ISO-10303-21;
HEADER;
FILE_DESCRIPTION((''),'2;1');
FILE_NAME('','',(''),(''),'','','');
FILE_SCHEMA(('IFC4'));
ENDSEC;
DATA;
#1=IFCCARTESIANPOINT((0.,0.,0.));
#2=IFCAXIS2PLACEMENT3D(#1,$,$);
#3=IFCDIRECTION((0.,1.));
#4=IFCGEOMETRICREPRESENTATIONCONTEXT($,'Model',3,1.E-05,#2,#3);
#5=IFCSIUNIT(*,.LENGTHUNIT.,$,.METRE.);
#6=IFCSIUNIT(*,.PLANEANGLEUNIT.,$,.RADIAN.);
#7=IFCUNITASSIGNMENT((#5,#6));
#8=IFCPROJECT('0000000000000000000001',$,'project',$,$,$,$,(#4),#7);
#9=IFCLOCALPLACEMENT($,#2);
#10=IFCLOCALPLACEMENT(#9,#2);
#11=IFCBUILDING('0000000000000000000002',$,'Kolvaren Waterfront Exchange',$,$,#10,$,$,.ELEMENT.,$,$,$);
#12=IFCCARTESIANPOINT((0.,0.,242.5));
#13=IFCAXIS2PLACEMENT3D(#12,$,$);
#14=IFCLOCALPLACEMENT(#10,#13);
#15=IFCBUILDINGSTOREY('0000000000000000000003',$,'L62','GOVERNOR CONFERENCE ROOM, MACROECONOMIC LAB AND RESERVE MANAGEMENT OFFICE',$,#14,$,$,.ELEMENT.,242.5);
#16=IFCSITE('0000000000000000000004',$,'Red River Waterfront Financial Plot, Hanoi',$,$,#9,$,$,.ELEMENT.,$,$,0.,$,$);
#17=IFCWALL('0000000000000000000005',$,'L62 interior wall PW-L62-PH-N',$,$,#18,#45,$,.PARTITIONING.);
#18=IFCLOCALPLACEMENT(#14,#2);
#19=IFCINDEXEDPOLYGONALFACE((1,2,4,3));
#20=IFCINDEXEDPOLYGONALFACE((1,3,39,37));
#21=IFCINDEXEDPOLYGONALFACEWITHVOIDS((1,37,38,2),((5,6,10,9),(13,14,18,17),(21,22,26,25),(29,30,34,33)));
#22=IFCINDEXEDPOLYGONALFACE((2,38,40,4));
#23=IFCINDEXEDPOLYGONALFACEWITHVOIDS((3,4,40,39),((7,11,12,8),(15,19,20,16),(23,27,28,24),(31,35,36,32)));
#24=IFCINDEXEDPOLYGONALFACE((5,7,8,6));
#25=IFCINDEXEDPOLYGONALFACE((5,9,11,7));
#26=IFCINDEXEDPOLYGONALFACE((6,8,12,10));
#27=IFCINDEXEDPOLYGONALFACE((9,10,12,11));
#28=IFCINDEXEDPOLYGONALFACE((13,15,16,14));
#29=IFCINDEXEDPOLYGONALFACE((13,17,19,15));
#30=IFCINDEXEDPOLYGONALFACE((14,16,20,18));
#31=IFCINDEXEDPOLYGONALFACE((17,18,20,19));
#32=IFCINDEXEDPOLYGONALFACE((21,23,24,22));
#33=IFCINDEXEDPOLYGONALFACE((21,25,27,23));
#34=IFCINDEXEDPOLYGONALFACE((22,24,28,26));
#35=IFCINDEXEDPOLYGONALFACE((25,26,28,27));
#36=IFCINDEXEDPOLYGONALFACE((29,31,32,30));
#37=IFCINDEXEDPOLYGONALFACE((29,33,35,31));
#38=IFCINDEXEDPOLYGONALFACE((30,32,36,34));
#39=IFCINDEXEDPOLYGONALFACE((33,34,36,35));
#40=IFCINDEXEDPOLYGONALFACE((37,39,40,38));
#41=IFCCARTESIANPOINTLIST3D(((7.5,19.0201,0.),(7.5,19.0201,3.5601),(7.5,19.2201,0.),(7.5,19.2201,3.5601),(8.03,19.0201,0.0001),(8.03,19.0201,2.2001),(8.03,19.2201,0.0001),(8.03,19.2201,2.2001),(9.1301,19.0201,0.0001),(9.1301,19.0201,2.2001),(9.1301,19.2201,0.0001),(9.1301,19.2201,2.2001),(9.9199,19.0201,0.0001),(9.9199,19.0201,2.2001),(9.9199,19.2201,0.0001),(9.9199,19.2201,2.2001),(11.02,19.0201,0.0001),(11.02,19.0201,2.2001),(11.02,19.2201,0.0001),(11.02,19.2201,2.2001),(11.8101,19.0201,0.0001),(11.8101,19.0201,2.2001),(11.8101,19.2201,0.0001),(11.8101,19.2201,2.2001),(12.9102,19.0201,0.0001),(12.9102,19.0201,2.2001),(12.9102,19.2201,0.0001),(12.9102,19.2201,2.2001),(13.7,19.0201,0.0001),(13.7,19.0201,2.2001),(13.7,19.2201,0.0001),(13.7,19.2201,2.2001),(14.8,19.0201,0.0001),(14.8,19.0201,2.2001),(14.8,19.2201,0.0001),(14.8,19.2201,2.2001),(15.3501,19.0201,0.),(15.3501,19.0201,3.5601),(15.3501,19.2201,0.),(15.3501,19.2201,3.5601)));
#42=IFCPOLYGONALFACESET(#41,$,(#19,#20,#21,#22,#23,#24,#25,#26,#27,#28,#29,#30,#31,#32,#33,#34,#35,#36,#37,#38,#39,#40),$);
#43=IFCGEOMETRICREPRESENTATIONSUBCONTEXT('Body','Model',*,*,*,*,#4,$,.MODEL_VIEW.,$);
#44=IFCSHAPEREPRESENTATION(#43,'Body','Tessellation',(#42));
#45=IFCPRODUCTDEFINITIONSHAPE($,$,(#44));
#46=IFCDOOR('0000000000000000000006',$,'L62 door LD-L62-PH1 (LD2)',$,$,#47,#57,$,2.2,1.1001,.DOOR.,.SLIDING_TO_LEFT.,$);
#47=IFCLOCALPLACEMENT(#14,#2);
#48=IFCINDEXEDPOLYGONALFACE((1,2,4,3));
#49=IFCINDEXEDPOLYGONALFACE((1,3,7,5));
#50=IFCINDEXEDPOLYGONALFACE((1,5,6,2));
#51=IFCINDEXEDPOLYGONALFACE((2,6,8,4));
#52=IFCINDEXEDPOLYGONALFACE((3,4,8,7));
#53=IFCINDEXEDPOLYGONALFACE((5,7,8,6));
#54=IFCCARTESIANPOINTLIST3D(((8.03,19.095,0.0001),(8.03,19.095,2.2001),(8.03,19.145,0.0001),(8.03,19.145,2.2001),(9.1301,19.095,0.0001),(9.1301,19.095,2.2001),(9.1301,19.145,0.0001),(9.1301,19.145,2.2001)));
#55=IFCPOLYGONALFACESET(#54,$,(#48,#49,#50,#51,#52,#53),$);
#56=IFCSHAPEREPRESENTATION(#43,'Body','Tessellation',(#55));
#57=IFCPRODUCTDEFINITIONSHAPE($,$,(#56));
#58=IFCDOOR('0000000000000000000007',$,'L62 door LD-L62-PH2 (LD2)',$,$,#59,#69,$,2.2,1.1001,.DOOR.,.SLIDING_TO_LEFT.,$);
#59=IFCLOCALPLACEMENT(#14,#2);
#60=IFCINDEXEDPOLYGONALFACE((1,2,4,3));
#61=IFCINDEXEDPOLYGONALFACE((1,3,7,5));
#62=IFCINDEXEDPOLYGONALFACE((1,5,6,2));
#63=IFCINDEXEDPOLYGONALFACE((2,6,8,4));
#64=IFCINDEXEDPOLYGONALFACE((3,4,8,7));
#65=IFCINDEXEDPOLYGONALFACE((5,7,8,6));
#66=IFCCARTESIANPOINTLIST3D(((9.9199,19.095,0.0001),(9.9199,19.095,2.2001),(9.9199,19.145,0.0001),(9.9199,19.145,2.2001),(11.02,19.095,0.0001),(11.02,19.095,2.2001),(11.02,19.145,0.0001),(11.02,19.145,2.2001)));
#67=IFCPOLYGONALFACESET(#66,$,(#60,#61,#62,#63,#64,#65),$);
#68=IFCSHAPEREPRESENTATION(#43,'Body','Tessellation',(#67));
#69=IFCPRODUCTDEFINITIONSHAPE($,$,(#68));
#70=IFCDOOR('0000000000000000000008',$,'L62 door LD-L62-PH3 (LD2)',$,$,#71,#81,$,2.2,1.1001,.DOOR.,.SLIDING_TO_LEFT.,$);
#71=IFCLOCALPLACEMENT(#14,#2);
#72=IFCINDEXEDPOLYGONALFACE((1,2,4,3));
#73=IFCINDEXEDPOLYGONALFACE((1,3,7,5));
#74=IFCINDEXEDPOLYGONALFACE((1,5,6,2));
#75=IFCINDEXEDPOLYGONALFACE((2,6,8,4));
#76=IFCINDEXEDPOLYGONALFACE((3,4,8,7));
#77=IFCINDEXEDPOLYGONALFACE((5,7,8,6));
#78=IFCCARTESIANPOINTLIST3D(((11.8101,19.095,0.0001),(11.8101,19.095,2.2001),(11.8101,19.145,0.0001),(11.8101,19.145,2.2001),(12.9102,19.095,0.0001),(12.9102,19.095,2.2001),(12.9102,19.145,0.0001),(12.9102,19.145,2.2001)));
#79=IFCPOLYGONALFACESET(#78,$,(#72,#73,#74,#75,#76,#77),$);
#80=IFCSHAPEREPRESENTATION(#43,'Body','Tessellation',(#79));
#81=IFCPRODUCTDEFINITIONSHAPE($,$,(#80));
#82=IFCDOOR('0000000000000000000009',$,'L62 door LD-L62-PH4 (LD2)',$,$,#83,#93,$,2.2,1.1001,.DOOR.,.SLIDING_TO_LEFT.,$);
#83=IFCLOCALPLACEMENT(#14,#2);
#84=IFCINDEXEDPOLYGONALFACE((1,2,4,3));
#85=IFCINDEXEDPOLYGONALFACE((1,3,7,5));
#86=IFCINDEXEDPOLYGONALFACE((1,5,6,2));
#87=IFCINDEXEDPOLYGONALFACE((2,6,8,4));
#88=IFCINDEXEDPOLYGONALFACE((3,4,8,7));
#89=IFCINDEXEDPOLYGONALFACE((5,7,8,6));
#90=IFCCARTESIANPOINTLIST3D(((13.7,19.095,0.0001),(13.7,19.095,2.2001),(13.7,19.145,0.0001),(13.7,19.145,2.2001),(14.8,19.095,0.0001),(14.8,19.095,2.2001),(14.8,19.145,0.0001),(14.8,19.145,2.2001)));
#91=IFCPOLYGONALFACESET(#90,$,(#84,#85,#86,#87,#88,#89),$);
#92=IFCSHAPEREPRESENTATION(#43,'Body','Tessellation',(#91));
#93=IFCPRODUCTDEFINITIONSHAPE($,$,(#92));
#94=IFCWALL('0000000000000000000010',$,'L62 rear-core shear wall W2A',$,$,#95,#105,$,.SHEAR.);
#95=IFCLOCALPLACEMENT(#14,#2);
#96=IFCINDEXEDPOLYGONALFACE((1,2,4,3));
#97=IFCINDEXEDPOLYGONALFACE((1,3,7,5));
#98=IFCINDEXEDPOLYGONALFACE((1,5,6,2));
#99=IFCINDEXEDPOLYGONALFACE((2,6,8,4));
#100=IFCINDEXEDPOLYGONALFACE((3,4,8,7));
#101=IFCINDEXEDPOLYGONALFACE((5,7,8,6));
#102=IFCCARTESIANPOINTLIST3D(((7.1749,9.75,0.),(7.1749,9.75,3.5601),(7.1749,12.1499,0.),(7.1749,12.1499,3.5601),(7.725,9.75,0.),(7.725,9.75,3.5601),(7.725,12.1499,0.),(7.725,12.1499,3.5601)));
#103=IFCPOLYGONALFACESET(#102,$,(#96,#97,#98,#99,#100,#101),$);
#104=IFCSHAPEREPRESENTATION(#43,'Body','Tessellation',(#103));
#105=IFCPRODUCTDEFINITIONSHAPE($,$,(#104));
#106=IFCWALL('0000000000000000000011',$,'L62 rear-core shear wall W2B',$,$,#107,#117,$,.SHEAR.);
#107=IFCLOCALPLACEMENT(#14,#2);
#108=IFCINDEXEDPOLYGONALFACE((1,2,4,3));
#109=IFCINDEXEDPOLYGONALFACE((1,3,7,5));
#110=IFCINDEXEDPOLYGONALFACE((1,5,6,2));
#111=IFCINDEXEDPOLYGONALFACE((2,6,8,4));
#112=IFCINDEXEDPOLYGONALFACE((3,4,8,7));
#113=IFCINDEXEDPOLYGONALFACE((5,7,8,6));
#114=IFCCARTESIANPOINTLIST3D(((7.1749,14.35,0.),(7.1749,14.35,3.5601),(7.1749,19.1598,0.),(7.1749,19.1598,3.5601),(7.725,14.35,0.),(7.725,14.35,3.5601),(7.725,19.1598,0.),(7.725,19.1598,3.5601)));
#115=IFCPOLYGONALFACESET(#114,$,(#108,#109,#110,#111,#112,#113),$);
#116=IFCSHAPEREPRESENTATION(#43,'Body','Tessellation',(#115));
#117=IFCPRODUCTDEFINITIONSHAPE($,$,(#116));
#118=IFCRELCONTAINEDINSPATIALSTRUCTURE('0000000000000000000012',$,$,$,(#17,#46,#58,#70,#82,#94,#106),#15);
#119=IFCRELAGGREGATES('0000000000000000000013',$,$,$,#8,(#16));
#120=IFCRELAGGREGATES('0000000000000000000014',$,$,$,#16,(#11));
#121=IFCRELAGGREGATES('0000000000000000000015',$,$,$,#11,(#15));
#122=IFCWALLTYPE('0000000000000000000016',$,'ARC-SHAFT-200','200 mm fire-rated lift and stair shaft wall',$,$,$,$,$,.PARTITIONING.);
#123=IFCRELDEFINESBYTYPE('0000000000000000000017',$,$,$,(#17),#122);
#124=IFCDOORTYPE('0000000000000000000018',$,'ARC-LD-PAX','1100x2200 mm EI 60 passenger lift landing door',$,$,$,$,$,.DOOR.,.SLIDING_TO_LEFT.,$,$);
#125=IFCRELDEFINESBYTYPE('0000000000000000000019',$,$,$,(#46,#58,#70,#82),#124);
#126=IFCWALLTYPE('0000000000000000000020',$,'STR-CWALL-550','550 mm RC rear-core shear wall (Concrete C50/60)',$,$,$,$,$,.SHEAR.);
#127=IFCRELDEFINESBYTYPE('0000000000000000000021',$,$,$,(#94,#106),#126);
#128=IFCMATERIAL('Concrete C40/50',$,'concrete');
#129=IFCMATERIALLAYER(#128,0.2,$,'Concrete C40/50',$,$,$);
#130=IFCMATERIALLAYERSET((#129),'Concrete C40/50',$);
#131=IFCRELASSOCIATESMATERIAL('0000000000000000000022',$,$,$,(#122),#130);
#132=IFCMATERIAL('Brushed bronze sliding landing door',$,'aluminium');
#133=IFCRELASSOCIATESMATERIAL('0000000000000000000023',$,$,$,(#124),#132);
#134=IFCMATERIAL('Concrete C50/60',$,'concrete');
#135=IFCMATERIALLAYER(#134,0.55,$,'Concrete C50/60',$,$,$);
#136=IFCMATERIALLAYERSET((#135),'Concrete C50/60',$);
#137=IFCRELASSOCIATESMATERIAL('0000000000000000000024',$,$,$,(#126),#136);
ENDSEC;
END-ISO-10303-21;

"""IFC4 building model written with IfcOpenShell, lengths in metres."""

from ifc_helpers import new_model, si_unit, direction, frame, frame_2d, origin, place, context, subcontext, project, spatial, rectangle, extrude, material, layer, layer_set, type_object, element, fill, save


model = new_model("IFC4")

# Units and contexts
model_context = context("Model", 3, precision=1e-05, world=origin(), true_north=direction((0.0, 1.0)))
body_context = subcontext(model_context, "Body", "Model", "MODEL_VIEW")
ifc_project = project(units=[si_unit("LENGTHUNIT", "METRE"), si_unit("PLANEANGLEUNIT", "RADIAN")], contexts=[model_context])

# Site, building, storey
site_placement = place(None, origin())
site = spatial("IfcSite", under=ifc_project, at=site_placement, Name="Red River Waterfront Financial Plot, Hanoi", CompositionType="ELEMENT", RefElevation=0.0)
building_placement = place(site_placement, origin())
building = spatial("IfcBuilding", under=site, at=building_placement, Name="Kolvaren Waterfront Exchange", CompositionType="ELEMENT")
storey_placement = place(building_placement, frame((0.0, 0.0, 242.5)))
storey = spatial("IfcBuildingStorey", under=building, at=storey_placement, Name="L62", Description="GOVERNOR CONFERENCE ROOM, MACROECONOMIC LAB AND RESERVE MANAGEMENT OFFICE", CompositionType="ELEMENT", Elevation=242.5)

# Shared definitions
ifc_material_1 = material(Name="Concrete C40/50", Category="concrete")
ifc_layer_1 = layer(ifc_material_1, 0.2, Name="Concrete C40/50")
ifc_layer_set_1 = layer_set([ifc_layer_1], Name="Concrete C40/50")
wall_type_1 = type_object("IfcWallType", Name="ARC-SHAFT-200", Description="200 mm fire-rated lift and stair shaft wall", PredefinedType="PARTITIONING", material=ifc_layer_set_1)

# Wall, openings, doors
wall_1_placement = place(storey_placement, frame((7.5, 19.1201, 0.0), z_axis=(0.0, 0.0, 1.0), x_axis=(1.0, 0.0, 0.0)))
wall_1 = element("IfcWall", 1, at=wall_1_placement, inside=storey, type_object=wall_type_1, Name="L62 interior wall PW-L62-PH-N", PredefinedType="PARTITIONING", context=body_context, shape_type="SweptSolid", body=[
    extrude(rectangle(XDim=7.8501, YDim=0.2, at=frame_2d((3.925, 0.0))), origin(), (0.0, 0.0, 1.0), 3.5601),
])
opening_1_placement = place(wall_1_placement, frame((0.53, 0.0, 0.0)))
opening_1 = element("IfcOpeningElement", 2, at=opening_1_placement, cuts=wall_1, PredefinedType="OPENING", context=body_context, shape_type="SweptSolid", body=[
    extrude(rectangle(XDim=1.1001, YDim=2.2, at=frame_2d((0.55, 1.1001))), frame((0.0, 0.1099, 0.0), z_axis=(0.0, -1.0, 0.0), x_axis=(1.0, 0.0, 0.0)), (0.0, 0.0, 1.0), 0.22),
])
opening_2_placement = place(wall_1_placement, frame((2.4199, 0.0, 0.0)))
opening_2 = element("IfcOpeningElement", 3, at=opening_2_placement, cuts=wall_1, PredefinedType="OPENING", context=body_context, shape_type="SweptSolid", body=[
    extrude(rectangle(XDim=1.1001, YDim=2.2, at=frame_2d((0.55, 1.1001))), frame((0.0, 0.1099, 0.0), z_axis=(0.0, -1.0, 0.0), x_axis=(1.0, 0.0, 0.0)), (0.0, 0.0, 1.0), 0.22),
])
opening_3_placement = place(wall_1_placement, frame((4.3101, 0.0, 0.0)))
opening_3 = element("IfcOpeningElement", 4, at=opening_3_placement, cuts=wall_1, PredefinedType="OPENING", context=body_context, shape_type="SweptSolid", body=[
    extrude(rectangle(XDim=1.1001, YDim=2.2, at=frame_2d((0.55, 1.1001))), frame((0.0, 0.1099, 0.0), z_axis=(0.0, -1.0, 0.0), x_axis=(1.0, 0.0, 0.0)), (0.0, 0.0, 1.0), 0.22),
])
opening_4_placement = place(wall_1_placement, frame((6.2, 0.0, 0.0)))
opening_4 = element("IfcOpeningElement", 5, at=opening_4_placement, cuts=wall_1, PredefinedType="OPENING", context=body_context, shape_type="SweptSolid", body=[
    extrude(rectangle(XDim=1.1001, YDim=2.2, at=frame_2d((0.55, 1.1001))), frame((0.0, 0.1099, 0.0), z_axis=(0.0, -1.0, 0.0), x_axis=(1.0, 0.0, 0.0)), (0.0, 0.0, 1.0), 0.22),
])
ifc_material_2 = material(Name="Brushed bronze sliding landing door", Category="aluminium")
door_type_1 = type_object("IfcDoorType", Name="ARC-LD-PAX", Description="1100x2200 mm EI 60 passenger lift landing door", OperationType="SLIDING_TO_LEFT", PredefinedType="DOOR", material=ifc_material_2)
door_1_placement = place(opening_1_placement, origin())
door_1 = element("IfcDoor", 6, at=door_1_placement, inside=storey, type_object=door_type_1, Name="L62 door LD-L62-PH1 (LD2)", OperationType="SLIDING_TO_LEFT", OverallHeight=2.2, OverallWidth=1.1001, PredefinedType="DOOR", context=body_context, shape_type="SweptSolid", body=[
    extrude(rectangle(XDim=1.1001, YDim=2.2, at=frame_2d((0.55, 1.1001))), frame((0.0, 0.0249, 0.0), z_axis=(0.0, -1.0, 0.0), x_axis=(1.0, 0.0, 0.0)), (0.0, 0.0, 1.0), 0.05),
])
fill(opening_1, door_1)
door_2_placement = place(opening_2_placement, origin())
door_2 = element("IfcDoor", 7, at=door_2_placement, inside=storey, type_object=door_type_1, Name="L62 door LD-L62-PH2 (LD2)", OperationType="SLIDING_TO_LEFT", OverallHeight=2.2, OverallWidth=1.1001, PredefinedType="DOOR", context=body_context, shape_type="SweptSolid", body=[
    extrude(rectangle(XDim=1.1001, YDim=2.2, at=frame_2d((0.55, 1.1001))), frame((0.0, 0.0249, 0.0), z_axis=(0.0, -1.0, 0.0), x_axis=(1.0, 0.0, 0.0)), (0.0, 0.0, 1.0), 0.05),
])
fill(opening_2, door_2)
door_3_placement = place(opening_3_placement, origin())
door_3 = element("IfcDoor", 8, at=door_3_placement, inside=storey, type_object=door_type_1, Name="L62 door LD-L62-PH3 (LD2)", OperationType="SLIDING_TO_LEFT", OverallHeight=2.2, OverallWidth=1.1001, PredefinedType="DOOR", context=body_context, shape_type="SweptSolid", body=[
    extrude(rectangle(XDim=1.1001, YDim=2.2, at=frame_2d((0.55, 1.1001))), frame((0.0, 0.0249, 0.0), z_axis=(0.0, -1.0, 0.0), x_axis=(1.0, 0.0, 0.0)), (0.0, 0.0, 1.0), 0.05),
])
fill(opening_3, door_3)
door_4_placement = place(opening_4_placement, origin())
door_4 = element("IfcDoor", 9, at=door_4_placement, inside=storey, type_object=door_type_1, Name="L62 door LD-L62-PH4 (LD2)", OperationType="SLIDING_TO_LEFT", OverallHeight=2.2, OverallWidth=1.1001, PredefinedType="DOOR", context=body_context, shape_type="SweptSolid", body=[
    extrude(rectangle(XDim=1.1001, YDim=2.2, at=frame_2d((0.55, 1.1001))), frame((0.0, 0.0249, 0.0), z_axis=(0.0, -1.0, 0.0), x_axis=(1.0, 0.0, 0.0)), (0.0, 0.0, 1.0), 0.05),
])
fill(opening_4, door_4)

# Walls
ifc_material_3 = material(Name="Concrete C50/60", Category="concrete")
ifc_layer_2 = layer(ifc_material_3, 0.55, Name="Concrete C50/60")
ifc_layer_set_2 = layer_set([ifc_layer_2], Name="Concrete C50/60")
wall_type_2 = type_object("IfcWallType", Name="STR-CWALL-550", Description="550 mm RC rear-core shear wall (Concrete C50/60)", PredefinedType="SHEAR", material=ifc_layer_set_2)
wall_2_placement = place(storey_placement, frame((7.45, 9.75, 0.0), z_axis=(0.0, 0.0, 1.0), x_axis=(0.0, 1.0, 0.0)))
element("IfcWall", 10, at=wall_2_placement, inside=storey, type_object=wall_type_2, Name="L62 rear-core shear wall W2A", PredefinedType="SHEAR", context=body_context, shape_type="SweptSolid", body=[
    extrude(rectangle(XDim=2.3999, YDim=0.55, at=frame_2d((1.2, 0.0))), origin(), (0.0, 0.0, 1.0), 3.5601),
])
wall_3_placement = place(storey_placement, frame((7.45, 14.3501, 0.0), z_axis=(0.0, 0.0, 1.0), x_axis=(0.0, 1.0, 0.0)))
element("IfcWall", 11, at=wall_3_placement, inside=storey, type_object=wall_type_2, Name="L62 rear-core shear wall W2B", PredefinedType="SHEAR", context=body_context, shape_type="SweptSolid", body=[
    extrude(rectangle(XDim=4.8098, YDim=0.55, at=frame_2d((2.4048, 0.0))), origin(), (0.0, 0.0, 1.0), 3.5601),
])

save(model, "model.ifc")
